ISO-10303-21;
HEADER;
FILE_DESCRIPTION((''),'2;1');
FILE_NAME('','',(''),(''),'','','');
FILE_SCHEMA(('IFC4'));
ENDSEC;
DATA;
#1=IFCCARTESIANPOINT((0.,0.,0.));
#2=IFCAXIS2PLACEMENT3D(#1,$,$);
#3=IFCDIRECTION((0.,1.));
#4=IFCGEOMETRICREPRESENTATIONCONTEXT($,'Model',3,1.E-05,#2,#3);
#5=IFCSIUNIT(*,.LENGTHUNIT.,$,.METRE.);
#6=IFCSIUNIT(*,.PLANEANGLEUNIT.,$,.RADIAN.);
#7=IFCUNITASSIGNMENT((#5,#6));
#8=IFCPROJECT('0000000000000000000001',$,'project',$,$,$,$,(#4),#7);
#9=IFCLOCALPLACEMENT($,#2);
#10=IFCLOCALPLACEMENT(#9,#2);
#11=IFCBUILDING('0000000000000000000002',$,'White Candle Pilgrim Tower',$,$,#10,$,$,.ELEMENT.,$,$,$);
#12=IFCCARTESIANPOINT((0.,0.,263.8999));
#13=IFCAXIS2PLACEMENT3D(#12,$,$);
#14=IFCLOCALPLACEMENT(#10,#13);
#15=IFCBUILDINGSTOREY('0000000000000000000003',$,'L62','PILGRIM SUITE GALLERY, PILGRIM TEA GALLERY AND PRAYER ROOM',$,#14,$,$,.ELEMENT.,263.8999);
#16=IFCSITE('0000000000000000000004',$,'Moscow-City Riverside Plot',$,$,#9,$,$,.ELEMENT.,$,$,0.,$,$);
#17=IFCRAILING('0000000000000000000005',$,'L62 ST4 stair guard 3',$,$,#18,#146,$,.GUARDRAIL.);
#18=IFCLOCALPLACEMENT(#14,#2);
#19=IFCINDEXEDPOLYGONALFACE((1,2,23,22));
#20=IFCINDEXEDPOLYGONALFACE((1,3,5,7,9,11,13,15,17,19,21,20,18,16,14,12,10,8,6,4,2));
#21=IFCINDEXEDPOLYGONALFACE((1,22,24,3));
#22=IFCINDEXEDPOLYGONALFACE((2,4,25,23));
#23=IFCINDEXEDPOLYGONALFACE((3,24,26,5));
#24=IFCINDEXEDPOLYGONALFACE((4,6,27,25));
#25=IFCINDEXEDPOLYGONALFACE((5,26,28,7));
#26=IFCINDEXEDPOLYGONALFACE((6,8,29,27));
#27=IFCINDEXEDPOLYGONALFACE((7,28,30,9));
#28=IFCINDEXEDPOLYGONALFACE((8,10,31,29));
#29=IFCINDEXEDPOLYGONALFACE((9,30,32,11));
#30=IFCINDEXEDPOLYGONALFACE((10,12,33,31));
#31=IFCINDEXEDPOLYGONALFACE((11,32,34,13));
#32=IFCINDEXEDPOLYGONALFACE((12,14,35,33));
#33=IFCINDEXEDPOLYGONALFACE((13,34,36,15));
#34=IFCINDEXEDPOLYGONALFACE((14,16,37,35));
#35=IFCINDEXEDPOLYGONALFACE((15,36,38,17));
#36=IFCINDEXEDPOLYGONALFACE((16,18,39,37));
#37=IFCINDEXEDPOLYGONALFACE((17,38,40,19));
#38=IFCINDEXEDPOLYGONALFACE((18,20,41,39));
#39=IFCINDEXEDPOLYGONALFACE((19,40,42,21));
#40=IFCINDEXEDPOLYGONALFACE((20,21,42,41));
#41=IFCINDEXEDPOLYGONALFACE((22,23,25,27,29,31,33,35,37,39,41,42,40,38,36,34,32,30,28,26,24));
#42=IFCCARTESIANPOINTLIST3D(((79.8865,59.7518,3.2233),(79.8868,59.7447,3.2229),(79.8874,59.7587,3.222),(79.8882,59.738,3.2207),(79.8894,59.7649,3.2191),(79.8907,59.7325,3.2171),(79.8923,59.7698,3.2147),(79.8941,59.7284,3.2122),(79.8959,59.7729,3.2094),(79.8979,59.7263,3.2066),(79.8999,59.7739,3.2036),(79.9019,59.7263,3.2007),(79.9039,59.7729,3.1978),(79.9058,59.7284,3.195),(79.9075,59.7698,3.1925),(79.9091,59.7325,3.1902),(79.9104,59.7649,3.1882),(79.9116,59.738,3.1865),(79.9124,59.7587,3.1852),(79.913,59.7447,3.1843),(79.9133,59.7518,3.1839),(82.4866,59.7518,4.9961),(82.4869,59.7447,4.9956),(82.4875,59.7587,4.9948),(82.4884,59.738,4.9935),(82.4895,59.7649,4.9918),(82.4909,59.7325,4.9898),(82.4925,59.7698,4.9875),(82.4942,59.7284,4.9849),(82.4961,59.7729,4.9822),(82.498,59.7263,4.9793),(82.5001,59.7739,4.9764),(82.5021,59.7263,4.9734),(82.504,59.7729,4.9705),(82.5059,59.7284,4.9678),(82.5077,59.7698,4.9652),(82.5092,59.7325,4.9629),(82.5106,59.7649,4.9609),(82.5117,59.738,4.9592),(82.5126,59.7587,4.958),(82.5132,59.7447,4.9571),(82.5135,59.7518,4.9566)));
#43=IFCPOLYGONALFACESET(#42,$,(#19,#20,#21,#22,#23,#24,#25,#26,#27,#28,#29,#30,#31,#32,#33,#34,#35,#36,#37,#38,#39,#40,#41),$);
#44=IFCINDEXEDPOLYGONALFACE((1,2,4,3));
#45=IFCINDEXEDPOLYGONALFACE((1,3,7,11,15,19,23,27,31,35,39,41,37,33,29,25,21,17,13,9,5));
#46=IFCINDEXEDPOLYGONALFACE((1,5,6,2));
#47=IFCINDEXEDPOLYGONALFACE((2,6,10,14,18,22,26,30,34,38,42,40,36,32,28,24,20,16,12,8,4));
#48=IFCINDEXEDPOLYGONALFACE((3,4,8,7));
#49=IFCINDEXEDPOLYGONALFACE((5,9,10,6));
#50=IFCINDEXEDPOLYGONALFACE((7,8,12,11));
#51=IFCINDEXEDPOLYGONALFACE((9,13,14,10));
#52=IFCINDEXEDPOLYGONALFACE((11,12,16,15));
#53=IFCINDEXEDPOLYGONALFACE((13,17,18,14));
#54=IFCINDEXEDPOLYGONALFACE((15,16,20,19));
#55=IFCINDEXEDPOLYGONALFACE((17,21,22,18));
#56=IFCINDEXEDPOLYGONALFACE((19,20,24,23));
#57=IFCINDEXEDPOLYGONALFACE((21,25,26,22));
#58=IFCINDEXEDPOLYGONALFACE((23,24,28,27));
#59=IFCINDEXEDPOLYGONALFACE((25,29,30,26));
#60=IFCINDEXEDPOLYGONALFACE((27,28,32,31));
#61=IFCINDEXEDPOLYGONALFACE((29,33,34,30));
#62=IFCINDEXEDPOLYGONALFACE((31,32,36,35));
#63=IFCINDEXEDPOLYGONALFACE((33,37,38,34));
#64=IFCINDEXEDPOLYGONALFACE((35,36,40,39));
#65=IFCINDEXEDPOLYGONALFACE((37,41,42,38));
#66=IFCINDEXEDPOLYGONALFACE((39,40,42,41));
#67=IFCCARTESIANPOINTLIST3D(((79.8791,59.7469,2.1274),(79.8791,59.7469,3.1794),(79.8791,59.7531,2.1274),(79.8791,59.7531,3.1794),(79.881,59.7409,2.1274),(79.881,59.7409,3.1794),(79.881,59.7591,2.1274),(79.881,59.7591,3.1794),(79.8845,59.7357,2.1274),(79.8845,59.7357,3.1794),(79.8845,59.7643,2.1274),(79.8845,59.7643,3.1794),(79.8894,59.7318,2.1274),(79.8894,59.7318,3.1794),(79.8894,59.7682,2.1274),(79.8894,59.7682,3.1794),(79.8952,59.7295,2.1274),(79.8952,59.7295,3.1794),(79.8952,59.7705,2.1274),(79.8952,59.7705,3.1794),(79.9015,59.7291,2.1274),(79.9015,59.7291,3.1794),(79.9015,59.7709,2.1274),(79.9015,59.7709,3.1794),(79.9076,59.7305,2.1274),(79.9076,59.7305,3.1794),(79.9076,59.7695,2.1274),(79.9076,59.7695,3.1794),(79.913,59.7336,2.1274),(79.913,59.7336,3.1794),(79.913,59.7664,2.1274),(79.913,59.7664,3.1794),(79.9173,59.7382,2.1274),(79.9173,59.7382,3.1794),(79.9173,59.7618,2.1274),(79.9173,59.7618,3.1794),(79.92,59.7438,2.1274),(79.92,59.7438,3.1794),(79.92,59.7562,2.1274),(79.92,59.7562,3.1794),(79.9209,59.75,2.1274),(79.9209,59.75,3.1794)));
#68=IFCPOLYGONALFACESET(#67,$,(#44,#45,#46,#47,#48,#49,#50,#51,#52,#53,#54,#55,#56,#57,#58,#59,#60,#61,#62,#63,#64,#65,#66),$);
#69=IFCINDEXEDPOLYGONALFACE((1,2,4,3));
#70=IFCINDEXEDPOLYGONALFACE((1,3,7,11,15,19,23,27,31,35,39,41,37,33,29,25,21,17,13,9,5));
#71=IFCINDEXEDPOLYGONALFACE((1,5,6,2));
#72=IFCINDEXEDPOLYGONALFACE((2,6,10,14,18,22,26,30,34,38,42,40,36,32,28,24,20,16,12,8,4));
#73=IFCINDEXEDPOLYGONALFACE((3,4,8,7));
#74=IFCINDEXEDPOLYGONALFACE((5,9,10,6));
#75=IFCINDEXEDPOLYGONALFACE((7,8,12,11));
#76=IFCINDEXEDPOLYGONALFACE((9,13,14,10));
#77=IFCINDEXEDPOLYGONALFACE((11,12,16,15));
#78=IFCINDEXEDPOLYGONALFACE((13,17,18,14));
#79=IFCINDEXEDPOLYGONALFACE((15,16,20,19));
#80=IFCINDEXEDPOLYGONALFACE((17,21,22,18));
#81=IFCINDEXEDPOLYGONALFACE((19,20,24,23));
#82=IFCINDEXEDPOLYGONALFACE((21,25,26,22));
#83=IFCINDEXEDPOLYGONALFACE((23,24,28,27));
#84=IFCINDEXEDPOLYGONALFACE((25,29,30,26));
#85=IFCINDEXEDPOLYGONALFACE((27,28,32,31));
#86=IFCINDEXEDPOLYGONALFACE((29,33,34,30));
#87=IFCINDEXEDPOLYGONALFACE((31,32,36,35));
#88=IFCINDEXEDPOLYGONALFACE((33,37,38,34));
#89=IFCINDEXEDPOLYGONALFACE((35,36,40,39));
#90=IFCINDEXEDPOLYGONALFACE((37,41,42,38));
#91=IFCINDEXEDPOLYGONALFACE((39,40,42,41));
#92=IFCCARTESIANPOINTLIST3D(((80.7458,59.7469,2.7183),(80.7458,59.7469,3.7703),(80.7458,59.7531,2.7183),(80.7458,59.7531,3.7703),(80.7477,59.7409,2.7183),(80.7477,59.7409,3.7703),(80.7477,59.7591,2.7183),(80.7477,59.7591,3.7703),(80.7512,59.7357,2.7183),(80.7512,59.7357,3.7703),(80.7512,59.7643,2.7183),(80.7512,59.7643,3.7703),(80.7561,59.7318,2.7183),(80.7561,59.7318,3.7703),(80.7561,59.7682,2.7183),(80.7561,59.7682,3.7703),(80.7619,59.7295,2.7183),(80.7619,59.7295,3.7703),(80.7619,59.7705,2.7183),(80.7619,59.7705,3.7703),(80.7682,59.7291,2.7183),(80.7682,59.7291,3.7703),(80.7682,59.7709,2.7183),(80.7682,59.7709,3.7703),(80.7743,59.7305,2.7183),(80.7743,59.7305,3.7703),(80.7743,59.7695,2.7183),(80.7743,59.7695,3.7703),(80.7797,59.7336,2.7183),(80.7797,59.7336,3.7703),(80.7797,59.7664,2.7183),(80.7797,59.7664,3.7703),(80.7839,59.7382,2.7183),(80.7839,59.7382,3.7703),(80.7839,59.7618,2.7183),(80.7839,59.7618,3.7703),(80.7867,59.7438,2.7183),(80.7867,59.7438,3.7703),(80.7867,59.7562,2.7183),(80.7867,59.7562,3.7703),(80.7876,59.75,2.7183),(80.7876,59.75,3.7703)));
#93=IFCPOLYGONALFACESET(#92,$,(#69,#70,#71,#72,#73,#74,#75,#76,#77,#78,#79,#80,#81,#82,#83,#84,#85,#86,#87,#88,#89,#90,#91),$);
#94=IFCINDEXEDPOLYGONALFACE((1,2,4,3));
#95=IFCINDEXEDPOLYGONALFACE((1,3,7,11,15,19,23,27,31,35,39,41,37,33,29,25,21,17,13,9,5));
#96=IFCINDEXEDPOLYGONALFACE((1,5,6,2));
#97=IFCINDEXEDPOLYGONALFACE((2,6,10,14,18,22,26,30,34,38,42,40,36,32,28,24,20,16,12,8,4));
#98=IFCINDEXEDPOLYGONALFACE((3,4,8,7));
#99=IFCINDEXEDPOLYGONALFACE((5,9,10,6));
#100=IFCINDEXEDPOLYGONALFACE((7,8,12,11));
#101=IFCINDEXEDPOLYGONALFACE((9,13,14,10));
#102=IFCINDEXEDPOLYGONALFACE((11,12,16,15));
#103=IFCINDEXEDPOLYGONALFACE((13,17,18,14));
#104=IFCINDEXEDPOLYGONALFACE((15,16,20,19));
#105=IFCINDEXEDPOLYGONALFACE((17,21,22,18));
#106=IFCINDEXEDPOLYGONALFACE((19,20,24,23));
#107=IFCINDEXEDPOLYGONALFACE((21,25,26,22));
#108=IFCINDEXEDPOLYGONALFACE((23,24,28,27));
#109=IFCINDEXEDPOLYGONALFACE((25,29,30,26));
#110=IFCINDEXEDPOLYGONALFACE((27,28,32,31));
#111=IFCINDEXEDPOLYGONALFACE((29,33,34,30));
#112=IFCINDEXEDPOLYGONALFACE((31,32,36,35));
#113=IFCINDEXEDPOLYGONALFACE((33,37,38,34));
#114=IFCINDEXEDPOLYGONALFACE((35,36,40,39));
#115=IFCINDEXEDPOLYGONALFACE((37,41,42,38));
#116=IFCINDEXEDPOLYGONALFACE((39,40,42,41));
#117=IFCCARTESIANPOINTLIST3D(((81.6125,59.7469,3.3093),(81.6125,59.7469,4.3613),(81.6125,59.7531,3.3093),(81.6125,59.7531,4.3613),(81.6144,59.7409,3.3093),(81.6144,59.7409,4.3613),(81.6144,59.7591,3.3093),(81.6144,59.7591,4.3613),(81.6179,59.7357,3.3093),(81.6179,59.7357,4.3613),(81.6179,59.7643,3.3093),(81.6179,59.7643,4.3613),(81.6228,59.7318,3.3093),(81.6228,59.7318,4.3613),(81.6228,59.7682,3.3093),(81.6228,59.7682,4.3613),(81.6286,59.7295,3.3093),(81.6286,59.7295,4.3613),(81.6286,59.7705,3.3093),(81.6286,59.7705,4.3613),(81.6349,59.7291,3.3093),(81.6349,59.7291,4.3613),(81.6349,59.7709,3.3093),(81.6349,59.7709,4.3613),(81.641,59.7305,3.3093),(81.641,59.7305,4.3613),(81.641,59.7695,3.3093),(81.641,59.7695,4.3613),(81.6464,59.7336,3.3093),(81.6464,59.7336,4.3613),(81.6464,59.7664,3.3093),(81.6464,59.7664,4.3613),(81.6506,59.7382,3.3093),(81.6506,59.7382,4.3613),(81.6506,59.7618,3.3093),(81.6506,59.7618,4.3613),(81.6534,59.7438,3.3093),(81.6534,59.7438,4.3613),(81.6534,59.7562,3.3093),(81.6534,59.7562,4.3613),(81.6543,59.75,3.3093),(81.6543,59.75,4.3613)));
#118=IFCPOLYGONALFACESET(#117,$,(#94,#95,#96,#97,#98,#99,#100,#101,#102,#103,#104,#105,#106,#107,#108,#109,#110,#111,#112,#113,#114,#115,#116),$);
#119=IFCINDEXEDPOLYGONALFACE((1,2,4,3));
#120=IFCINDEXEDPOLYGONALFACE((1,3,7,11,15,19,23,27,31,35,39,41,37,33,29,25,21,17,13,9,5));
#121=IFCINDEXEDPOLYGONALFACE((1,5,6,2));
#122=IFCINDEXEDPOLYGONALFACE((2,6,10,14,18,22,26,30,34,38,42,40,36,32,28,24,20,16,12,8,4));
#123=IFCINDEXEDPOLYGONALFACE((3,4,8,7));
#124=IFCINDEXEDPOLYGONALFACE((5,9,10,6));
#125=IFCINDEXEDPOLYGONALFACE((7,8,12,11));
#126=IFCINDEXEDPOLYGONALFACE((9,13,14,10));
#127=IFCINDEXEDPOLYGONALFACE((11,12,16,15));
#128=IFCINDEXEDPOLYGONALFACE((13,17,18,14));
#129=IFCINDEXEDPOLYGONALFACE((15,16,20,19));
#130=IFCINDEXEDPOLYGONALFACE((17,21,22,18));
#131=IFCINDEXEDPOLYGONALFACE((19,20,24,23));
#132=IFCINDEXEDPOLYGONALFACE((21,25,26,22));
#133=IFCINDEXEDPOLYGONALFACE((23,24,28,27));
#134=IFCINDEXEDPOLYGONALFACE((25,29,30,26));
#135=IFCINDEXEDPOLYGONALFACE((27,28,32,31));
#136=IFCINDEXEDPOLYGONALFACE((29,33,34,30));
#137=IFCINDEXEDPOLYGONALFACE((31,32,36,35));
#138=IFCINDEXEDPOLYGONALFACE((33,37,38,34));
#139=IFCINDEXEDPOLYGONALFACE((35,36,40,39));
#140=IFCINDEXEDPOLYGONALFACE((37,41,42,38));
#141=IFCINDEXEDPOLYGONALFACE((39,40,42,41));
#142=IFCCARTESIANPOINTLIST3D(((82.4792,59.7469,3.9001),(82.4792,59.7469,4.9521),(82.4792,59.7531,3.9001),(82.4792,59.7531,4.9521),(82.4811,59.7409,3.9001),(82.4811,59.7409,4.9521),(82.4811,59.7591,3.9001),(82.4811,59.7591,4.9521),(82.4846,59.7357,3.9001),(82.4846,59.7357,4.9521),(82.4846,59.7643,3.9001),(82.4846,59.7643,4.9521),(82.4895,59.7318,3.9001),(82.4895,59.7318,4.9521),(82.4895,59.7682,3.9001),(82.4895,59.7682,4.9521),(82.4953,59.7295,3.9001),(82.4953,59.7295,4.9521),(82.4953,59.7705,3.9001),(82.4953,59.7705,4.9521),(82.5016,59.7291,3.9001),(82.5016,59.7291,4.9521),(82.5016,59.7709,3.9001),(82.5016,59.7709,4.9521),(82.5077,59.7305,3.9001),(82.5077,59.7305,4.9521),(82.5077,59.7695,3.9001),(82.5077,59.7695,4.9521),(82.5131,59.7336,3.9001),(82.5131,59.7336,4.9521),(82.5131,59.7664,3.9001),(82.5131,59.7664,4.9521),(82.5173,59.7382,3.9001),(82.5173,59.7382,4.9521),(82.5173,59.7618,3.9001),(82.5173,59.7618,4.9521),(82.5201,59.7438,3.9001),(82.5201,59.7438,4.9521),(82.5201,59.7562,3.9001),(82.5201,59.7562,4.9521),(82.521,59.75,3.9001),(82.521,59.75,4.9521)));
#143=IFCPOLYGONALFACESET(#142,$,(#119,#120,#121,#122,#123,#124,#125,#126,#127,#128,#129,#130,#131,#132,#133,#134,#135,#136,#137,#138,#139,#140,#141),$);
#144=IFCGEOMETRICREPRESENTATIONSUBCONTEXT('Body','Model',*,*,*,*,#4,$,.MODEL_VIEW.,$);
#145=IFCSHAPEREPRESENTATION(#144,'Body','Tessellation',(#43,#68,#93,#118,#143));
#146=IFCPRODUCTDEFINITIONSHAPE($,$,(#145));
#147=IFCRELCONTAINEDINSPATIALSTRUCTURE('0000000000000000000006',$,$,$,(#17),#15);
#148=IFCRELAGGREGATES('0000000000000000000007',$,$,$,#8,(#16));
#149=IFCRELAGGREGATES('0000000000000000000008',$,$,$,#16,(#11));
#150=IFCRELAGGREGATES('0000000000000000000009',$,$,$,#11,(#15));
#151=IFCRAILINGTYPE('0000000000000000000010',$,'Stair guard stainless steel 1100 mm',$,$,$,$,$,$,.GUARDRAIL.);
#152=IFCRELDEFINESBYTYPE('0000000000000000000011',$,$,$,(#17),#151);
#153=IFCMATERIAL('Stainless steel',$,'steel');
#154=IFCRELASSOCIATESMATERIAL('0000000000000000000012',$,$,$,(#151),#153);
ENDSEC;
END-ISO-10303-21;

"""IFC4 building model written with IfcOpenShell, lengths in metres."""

from ifc_helpers import new_model, si_unit, direction, frame, origin, origin_2d, place, context, subcontext, project, spatial, circle, extrude, material, type_object, element, save


model = new_model("IFC4")

# Units and contexts
model_context = context("Model", 3, precision=1e-05, world=origin(), true_north=direction((0.0, 1.0)))
body_context = subcontext(model_context, "Body", "Model", "MODEL_VIEW")
ifc_project = project(units=[si_unit("LENGTHUNIT", "METRE"), si_unit("PLANEANGLEUNIT", "RADIAN")], contexts=[model_context])

# Site, building, storey
site_placement = place(None, origin())
site = spatial("IfcSite", under=ifc_project, at=site_placement, Name="Moscow-City Riverside Plot", CompositionType="ELEMENT", RefElevation=0.0)
building_placement = place(site_placement, origin())
building = spatial("IfcBuilding", under=site, at=building_placement, Name="White Candle Pilgrim Tower", CompositionType="ELEMENT")
storey_placement = place(building_placement, frame((0.0, 0.0, 263.8999)))
storey = spatial("IfcBuildingStorey", under=building, at=storey_placement, Name="L62", Description="PILGRIM SUITE GALLERY, PILGRIM TEA GALLERY AND PRAYER ROOM", CompositionType="ELEMENT", Elevation=263.8999)

# Railing
ifc_material_1 = material(Name="Stainless steel", Category="steel")
railing_type_1 = type_object("IfcRailingType", Name="Stair guard stainless steel 1100 mm", PredefinedType="GUARDRAIL", material=ifc_material_1)
railing_1_placement = place(storey_placement, frame((79.8999, 59.75, 2.1274)))
element("IfcRailing", 1, at=railing_1_placement, inside=storey, type_object=railing_type_1, Name="L62 ST4 stair guard 3", PredefinedType="GUARDRAIL", context=body_context, shape_type="SweptSolid", body=[
    extrude(circle(Radius=0.0239, at=origin_2d()), frame((0.0, 0.0, 1.0762), z_axis=(0.82624, 0.0, 0.563318), x_axis=(0.0, 1.0, 0.0)), (0.0, 0.0, 1.0), 3.147),
    extrude(circle(Radius=0.021, at=origin_2d()), origin(), (0.0, 0.0, 1.0), 1.052),
    extrude(circle(Radius=0.021, at=origin_2d()), frame((0.8667, 0.0, 0.5908)), (0.0, 0.0, 1.0), 1.052),
    extrude(circle(Radius=0.021, at=origin_2d()), frame((1.7334, 0.0, 1.1819)), (0.0, 0.0, 1.0), 1.052),
    extrude(circle(Radius=0.021, at=origin_2d()), frame((2.6001, 0.0, 1.7727)), (0.0, 0.0, 1.0), 1.052),
])

save(model, "model.ifc")
